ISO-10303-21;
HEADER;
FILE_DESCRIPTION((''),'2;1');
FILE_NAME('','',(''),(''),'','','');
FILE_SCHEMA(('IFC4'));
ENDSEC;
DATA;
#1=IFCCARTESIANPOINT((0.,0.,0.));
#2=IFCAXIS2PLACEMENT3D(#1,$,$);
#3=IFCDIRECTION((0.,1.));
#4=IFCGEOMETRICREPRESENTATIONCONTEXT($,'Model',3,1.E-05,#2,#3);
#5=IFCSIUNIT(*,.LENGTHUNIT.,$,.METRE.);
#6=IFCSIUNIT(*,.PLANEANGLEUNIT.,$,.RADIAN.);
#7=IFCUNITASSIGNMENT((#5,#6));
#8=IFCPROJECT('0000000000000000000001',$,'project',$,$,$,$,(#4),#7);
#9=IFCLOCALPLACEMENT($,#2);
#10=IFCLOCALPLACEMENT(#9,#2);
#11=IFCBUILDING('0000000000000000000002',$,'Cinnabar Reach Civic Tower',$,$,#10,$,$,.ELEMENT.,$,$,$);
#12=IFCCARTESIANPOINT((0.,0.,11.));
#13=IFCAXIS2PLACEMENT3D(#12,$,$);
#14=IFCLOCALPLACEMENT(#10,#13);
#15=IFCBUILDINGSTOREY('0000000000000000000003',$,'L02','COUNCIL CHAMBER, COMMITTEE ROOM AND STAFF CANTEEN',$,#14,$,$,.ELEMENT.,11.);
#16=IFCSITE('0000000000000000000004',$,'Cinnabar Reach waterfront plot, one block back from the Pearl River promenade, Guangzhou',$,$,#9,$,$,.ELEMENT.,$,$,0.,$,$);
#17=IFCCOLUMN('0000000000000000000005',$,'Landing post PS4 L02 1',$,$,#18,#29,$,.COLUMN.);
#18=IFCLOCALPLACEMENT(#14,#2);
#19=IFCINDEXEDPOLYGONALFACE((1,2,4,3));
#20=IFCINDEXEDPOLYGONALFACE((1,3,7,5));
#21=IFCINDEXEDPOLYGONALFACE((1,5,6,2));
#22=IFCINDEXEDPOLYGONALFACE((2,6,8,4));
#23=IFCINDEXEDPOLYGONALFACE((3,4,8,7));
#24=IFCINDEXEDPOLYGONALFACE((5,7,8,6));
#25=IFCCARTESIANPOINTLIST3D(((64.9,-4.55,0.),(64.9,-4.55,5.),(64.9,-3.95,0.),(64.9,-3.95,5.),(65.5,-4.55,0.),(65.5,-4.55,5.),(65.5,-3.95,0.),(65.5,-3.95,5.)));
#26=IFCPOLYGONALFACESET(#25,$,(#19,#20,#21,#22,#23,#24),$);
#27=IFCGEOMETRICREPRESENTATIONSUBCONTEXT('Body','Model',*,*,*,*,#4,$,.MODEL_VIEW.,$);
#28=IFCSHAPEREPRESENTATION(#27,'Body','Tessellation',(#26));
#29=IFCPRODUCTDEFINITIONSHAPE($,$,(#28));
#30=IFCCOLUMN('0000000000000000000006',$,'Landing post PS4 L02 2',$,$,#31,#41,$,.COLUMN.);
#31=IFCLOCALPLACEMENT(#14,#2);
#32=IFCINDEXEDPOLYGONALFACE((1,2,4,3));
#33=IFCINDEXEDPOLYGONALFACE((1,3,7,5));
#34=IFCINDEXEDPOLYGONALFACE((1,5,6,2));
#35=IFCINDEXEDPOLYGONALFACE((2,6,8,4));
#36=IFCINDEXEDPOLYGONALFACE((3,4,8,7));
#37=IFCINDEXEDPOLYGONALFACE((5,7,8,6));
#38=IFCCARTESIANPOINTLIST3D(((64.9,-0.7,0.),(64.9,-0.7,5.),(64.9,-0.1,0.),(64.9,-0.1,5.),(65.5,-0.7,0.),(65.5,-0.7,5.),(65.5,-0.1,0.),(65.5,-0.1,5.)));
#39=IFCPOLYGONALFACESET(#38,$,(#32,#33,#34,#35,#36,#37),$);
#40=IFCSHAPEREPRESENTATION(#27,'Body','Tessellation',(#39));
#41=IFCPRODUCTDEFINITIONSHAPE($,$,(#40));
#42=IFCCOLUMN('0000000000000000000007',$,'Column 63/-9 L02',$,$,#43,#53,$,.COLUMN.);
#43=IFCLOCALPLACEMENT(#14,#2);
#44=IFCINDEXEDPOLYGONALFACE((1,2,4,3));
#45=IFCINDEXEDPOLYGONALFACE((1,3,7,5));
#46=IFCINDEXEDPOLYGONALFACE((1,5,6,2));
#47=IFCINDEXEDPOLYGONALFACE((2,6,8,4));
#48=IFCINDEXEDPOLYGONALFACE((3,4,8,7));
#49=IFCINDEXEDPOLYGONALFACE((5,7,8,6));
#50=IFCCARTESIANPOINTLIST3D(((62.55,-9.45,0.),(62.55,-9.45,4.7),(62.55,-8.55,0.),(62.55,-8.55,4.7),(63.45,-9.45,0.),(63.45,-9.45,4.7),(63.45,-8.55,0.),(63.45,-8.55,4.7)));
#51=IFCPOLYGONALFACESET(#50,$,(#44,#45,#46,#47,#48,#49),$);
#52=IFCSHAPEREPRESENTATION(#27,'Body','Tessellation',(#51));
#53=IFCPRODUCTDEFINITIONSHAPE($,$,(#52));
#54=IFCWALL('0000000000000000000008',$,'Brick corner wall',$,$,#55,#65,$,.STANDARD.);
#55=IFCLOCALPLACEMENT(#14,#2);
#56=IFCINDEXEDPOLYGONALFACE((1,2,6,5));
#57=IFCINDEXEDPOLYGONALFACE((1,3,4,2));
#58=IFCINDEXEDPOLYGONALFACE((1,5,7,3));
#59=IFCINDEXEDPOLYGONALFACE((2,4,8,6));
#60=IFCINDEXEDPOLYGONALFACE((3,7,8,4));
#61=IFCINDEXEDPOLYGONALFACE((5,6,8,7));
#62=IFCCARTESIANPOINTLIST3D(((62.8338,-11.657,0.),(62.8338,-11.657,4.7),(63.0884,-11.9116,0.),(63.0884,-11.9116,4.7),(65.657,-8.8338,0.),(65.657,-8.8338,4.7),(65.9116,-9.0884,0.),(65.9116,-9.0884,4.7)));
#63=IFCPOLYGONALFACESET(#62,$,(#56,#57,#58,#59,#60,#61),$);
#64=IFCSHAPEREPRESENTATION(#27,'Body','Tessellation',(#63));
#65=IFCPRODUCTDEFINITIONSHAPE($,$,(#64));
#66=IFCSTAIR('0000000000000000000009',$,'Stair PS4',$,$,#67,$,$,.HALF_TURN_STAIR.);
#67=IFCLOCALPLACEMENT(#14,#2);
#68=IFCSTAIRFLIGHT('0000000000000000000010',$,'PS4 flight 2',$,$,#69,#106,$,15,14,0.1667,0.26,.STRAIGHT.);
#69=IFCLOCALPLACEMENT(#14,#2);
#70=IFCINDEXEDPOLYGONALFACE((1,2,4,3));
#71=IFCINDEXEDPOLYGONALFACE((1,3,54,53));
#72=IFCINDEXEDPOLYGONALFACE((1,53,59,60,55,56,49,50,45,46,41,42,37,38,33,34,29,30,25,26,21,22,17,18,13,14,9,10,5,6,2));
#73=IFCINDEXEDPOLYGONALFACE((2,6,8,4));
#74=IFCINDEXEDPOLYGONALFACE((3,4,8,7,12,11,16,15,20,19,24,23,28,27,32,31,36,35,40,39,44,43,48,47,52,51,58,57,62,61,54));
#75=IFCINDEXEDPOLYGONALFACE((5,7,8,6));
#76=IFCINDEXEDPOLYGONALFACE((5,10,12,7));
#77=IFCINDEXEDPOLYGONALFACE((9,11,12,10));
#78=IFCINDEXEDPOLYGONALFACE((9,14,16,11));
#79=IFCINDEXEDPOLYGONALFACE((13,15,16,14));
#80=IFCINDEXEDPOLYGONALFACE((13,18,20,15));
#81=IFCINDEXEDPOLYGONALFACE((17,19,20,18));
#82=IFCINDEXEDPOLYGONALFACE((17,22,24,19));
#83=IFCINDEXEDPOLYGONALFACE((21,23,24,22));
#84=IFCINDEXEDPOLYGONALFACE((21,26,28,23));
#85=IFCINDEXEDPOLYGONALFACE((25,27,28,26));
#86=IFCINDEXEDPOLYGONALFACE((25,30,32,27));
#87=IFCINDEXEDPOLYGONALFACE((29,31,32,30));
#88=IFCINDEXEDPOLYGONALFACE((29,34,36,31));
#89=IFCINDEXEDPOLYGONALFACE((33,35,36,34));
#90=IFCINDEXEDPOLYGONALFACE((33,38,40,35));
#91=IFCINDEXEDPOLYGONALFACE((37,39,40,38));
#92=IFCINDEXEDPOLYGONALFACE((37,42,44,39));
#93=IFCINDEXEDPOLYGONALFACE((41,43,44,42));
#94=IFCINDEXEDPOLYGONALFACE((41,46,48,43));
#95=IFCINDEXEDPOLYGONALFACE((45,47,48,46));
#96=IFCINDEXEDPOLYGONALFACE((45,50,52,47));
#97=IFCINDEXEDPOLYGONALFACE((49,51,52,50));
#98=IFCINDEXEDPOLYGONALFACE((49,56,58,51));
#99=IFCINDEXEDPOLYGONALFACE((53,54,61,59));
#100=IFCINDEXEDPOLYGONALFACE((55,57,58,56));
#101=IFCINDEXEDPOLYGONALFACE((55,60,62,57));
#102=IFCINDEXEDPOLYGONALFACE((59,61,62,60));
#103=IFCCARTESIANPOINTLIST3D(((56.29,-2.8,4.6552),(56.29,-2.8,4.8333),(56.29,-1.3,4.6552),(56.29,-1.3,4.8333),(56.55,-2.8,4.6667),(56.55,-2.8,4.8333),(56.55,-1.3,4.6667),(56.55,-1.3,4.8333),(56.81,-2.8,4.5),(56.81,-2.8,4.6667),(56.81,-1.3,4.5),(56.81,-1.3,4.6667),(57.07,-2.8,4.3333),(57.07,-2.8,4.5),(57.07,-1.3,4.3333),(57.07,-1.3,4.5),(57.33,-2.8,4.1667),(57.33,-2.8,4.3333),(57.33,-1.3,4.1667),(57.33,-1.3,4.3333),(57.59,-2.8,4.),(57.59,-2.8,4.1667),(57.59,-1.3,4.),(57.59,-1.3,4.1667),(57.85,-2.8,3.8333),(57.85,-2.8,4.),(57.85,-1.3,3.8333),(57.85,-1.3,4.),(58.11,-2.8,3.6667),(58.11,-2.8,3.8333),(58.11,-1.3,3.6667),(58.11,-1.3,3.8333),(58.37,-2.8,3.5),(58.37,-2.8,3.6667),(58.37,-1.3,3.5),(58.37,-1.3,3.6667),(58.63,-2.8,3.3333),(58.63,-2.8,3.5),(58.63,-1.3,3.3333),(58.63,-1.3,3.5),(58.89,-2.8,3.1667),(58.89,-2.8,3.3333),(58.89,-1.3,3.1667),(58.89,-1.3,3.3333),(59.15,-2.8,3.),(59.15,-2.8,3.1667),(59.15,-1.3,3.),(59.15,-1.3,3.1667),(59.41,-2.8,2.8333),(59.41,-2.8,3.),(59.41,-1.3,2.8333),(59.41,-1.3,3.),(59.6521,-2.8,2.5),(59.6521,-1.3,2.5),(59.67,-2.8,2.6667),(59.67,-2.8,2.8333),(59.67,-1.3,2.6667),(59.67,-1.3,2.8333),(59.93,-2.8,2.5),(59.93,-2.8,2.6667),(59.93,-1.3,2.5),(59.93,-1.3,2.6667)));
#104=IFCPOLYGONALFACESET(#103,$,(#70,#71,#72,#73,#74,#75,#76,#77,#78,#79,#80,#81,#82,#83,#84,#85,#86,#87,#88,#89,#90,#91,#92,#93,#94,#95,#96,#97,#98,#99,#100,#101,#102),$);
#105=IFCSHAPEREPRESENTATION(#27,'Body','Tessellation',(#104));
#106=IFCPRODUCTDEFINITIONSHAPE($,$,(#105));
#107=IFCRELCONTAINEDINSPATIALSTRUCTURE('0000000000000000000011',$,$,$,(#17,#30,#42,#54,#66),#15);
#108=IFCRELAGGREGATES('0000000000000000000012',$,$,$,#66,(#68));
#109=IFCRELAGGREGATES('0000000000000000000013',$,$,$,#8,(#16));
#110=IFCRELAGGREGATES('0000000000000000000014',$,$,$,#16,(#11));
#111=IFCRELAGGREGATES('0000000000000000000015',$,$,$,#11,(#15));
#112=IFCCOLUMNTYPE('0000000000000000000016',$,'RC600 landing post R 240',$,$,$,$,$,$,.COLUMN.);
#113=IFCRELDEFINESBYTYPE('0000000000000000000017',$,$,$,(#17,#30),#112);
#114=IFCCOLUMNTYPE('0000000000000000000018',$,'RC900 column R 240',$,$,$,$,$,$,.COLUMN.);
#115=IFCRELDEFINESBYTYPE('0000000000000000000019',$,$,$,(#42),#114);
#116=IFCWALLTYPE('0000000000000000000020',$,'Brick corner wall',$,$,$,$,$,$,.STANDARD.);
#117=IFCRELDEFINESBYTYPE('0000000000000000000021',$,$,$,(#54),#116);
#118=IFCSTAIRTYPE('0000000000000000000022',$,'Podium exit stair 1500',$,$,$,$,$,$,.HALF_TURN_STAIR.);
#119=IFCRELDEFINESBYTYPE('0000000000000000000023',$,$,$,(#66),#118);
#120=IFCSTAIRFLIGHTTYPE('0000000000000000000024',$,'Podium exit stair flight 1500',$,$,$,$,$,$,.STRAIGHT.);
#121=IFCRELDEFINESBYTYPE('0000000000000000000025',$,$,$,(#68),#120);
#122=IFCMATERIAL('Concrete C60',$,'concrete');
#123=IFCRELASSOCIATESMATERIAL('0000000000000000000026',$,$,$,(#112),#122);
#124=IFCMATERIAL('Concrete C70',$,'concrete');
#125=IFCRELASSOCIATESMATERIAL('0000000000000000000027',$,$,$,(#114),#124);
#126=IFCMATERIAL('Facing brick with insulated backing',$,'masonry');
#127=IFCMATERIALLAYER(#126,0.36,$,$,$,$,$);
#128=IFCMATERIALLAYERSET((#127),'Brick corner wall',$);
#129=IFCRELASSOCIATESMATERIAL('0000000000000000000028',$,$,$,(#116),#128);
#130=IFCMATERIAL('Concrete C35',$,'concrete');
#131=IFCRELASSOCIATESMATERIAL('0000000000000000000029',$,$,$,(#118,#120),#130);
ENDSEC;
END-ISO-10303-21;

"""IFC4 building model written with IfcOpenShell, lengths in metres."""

from ifc_helpers import new_model, si_unit, direction, frame, frame_2d, origin, origin_2d, place, context, subcontext, project, spatial, polyline, rectangle, outline, extrude, material, layer, layer_set, material_profile, profile_set, type_object, element, aggregate, save


model = new_model("IFC4")

# Units and contexts
model_context = context("Model", 3, precision=1e-05, world=origin(), true_north=direction((0.0, 1.0)))
body_context = subcontext(model_context, "Body", "Model", "MODEL_VIEW")
ifc_project = project(units=[si_unit("LENGTHUNIT", "METRE"), si_unit("PLANEANGLEUNIT", "RADIAN")], contexts=[model_context])

# Site, building, storey
site_placement = place(None, origin())
site = spatial("IfcSite", under=ifc_project, at=site_placement, Name="Cinnabar Reach waterfront plot, one block back from the Pearl River promenade, Guangzhou", CompositionType="ELEMENT", RefElevation=0.0)
building_placement = place(site_placement, origin())
building = spatial("IfcBuilding", under=site, at=building_placement, Name="Cinnabar Reach Civic Tower", CompositionType="ELEMENT")
storey_placement = place(building_placement, frame((0.0, 0.0, 11.0)))
storey = spatial("IfcBuildingStorey", under=building, at=storey_placement, Name="L02", Description="COUNCIL CHAMBER, COMMITTEE ROOM AND STAFF CANTEEN", CompositionType="ELEMENT", Elevation=11.0)

# Columns
ifc_material_1 = material(Name="Concrete C60", Category="concrete")
ifc_material_profile_1 = material_profile(ifc_material_1, rectangle(XDim=0.6, YDim=0.6, at=origin_2d()), Name="RC600")
ifc_profile_set_1 = profile_set([ifc_material_profile_1], Name="Concrete C60")
column_type_1 = type_object("IfcColumnType", Name="RC600 landing post R 240", PredefinedType="COLUMN", material=ifc_profile_set_1)
for number, where, z_axis, x_axis, name in (
    (1, (65.2, -4.25, 0.0), (0.0, 0.0, 1.0), (1.0, 0.0, 0.0), "Landing post PS4 L02 1"),
    (2, (65.2, -0.4, 0.0), (0.0, 0.0, 1.0), (1.0, 0.0, 0.0), "Landing post PS4 L02 2"),
):
    element("IfcColumn", number, at=place(storey_placement, frame(where, z_axis=z_axis, x_axis=x_axis)), inside=storey, type_object=column_type_1, Name=name, PredefinedType="COLUMN", context=body_context, shape_type="SweptSolid", body=[
        extrude(rectangle(XDim=0.6, YDim=0.6, at=origin_2d()), origin(), (0.0, 0.0, 1.0), 5.0),
    ])
ifc_material_2 = material(Name="Concrete C70", Category="concrete")
ifc_material_profile_2 = material_profile(ifc_material_2, rectangle(XDim=0.9, YDim=0.9, at=origin_2d()), Name="RC900")
ifc_profile_set_2 = profile_set([ifc_material_profile_2], Name="Concrete C70")
column_type_2 = type_object("IfcColumnType", Name="RC900 column R 240", PredefinedType="COLUMN", material=ifc_profile_set_2)
column_placement = place(storey_placement, frame((63.0, -9.0, 0.0), z_axis=(0.0, 0.0, 1.0), x_axis=(1.0, 0.0, 0.0)))
element("IfcColumn", 3, at=column_placement, inside=storey, type_object=column_type_2, Name="Column 63/-9 L02", PredefinedType="COLUMN", context=body_context, shape_type="SweptSolid", body=[
    extrude(rectangle(XDim=0.9, YDim=0.9, at=origin_2d()), origin(), (0.0, 0.0, 1.0), 4.7),
])

# Wall
ifc_material_3 = material(Name="Facing brick with insulated backing", Category="masonry")
ifc_layer_1 = layer(ifc_material_3, 0.36)
ifc_layer_set_1 = layer_set([ifc_layer_1], Name="Brick corner wall")
wall_type_1 = type_object("IfcWallType", Name="Brick corner wall", PredefinedType="STANDARD", material=ifc_layer_set_1)
wall_1_placement = place(storey_placement, frame((62.9611, -11.7843, 0.0), z_axis=(0.0, 0.0, 1.0), x_axis=(0.707107, 0.707107, 0.0)))
element("IfcWall", 4, at=wall_1_placement, inside=storey, type_object=wall_type_1, Name="Brick corner wall", PredefinedType="STANDARD", context=body_context, shape_type="SweptSolid", body=[
    extrude(rectangle(XDim=3.9926, YDim=0.36, at=frame_2d((1.9963, 0.0))), origin(), (0.0, 0.0, 1.0), 4.7),
])

# Stair, stair flight
ifc_material_4 = material(Name="Concrete C35", Category="concrete")
stair_type = type_object("IfcStairType", Name="Podium exit stair 1500", PredefinedType="HALF_TURN_STAIR", material=ifc_material_4)
stair_placement = place(storey_placement, origin())
stair = element("IfcStair", 5, at=stair_placement, inside=storey, type_object=stair_type, Name="Stair PS4", PredefinedType="HALF_TURN_STAIR")
stair_flight_type = type_object("IfcStairFlightType", Name="Podium exit stair flight 1500", PredefinedType="STRAIGHT", material=ifc_material_4)
stair_flight_placement = place(storey_placement, frame((59.93, -2.05, 2.5), z_axis=(0.0, 0.0, 1.0), x_axis=(-1.0, 0.0, 0.0)))
stair_flight = element("IfcStairFlight", 6, at=stair_flight_placement, type_object=stair_flight_type, Name="PS4 flight 2", NumberOfRisers=15, NumberOfTreads=14, PredefinedType="STRAIGHT", RiserHeight=0.1667, TreadLength=0.26, context=body_context, shape_type="SweptSolid", body=[
    extrude(outline(polyline([(0.0, 0.0), (0.0, 0.1667), (0.26, 0.1667), (0.26, 0.3333), (0.52, 0.3333), (0.52, 0.5), (0.78, 0.5), (0.78, 0.6667), (1.04, 0.6667), (1.04, 0.8333), (1.3, 0.8333), (1.3, 1.0), (1.56, 1.0), (1.56, 1.1667), (1.82, 1.1667), (1.82, 1.3333), (2.08, 1.3333), (2.08, 1.5), (2.34, 1.5), (2.34, 1.6667), (2.6, 1.6667), (2.6, 1.8333), (2.86, 1.8333), (2.86, 2.0), (3.12, 2.0), (3.12, 2.1667), (3.38, 2.1667), (3.38, 2.3333), (3.64, 2.3333), (3.64, 2.5), (3.64, 2.1552), (0.2779, 0.0), (0.0, 0.0)])), frame((0.0, 0.75, 0.0), z_axis=(0.0, -1.0, 0.0), x_axis=(1.0, 0.0, 0.0)), (0.0, 0.0, 1.0), 1.5),
])
aggregate(stair, [stair_flight])

save(model, "model.ifc")
